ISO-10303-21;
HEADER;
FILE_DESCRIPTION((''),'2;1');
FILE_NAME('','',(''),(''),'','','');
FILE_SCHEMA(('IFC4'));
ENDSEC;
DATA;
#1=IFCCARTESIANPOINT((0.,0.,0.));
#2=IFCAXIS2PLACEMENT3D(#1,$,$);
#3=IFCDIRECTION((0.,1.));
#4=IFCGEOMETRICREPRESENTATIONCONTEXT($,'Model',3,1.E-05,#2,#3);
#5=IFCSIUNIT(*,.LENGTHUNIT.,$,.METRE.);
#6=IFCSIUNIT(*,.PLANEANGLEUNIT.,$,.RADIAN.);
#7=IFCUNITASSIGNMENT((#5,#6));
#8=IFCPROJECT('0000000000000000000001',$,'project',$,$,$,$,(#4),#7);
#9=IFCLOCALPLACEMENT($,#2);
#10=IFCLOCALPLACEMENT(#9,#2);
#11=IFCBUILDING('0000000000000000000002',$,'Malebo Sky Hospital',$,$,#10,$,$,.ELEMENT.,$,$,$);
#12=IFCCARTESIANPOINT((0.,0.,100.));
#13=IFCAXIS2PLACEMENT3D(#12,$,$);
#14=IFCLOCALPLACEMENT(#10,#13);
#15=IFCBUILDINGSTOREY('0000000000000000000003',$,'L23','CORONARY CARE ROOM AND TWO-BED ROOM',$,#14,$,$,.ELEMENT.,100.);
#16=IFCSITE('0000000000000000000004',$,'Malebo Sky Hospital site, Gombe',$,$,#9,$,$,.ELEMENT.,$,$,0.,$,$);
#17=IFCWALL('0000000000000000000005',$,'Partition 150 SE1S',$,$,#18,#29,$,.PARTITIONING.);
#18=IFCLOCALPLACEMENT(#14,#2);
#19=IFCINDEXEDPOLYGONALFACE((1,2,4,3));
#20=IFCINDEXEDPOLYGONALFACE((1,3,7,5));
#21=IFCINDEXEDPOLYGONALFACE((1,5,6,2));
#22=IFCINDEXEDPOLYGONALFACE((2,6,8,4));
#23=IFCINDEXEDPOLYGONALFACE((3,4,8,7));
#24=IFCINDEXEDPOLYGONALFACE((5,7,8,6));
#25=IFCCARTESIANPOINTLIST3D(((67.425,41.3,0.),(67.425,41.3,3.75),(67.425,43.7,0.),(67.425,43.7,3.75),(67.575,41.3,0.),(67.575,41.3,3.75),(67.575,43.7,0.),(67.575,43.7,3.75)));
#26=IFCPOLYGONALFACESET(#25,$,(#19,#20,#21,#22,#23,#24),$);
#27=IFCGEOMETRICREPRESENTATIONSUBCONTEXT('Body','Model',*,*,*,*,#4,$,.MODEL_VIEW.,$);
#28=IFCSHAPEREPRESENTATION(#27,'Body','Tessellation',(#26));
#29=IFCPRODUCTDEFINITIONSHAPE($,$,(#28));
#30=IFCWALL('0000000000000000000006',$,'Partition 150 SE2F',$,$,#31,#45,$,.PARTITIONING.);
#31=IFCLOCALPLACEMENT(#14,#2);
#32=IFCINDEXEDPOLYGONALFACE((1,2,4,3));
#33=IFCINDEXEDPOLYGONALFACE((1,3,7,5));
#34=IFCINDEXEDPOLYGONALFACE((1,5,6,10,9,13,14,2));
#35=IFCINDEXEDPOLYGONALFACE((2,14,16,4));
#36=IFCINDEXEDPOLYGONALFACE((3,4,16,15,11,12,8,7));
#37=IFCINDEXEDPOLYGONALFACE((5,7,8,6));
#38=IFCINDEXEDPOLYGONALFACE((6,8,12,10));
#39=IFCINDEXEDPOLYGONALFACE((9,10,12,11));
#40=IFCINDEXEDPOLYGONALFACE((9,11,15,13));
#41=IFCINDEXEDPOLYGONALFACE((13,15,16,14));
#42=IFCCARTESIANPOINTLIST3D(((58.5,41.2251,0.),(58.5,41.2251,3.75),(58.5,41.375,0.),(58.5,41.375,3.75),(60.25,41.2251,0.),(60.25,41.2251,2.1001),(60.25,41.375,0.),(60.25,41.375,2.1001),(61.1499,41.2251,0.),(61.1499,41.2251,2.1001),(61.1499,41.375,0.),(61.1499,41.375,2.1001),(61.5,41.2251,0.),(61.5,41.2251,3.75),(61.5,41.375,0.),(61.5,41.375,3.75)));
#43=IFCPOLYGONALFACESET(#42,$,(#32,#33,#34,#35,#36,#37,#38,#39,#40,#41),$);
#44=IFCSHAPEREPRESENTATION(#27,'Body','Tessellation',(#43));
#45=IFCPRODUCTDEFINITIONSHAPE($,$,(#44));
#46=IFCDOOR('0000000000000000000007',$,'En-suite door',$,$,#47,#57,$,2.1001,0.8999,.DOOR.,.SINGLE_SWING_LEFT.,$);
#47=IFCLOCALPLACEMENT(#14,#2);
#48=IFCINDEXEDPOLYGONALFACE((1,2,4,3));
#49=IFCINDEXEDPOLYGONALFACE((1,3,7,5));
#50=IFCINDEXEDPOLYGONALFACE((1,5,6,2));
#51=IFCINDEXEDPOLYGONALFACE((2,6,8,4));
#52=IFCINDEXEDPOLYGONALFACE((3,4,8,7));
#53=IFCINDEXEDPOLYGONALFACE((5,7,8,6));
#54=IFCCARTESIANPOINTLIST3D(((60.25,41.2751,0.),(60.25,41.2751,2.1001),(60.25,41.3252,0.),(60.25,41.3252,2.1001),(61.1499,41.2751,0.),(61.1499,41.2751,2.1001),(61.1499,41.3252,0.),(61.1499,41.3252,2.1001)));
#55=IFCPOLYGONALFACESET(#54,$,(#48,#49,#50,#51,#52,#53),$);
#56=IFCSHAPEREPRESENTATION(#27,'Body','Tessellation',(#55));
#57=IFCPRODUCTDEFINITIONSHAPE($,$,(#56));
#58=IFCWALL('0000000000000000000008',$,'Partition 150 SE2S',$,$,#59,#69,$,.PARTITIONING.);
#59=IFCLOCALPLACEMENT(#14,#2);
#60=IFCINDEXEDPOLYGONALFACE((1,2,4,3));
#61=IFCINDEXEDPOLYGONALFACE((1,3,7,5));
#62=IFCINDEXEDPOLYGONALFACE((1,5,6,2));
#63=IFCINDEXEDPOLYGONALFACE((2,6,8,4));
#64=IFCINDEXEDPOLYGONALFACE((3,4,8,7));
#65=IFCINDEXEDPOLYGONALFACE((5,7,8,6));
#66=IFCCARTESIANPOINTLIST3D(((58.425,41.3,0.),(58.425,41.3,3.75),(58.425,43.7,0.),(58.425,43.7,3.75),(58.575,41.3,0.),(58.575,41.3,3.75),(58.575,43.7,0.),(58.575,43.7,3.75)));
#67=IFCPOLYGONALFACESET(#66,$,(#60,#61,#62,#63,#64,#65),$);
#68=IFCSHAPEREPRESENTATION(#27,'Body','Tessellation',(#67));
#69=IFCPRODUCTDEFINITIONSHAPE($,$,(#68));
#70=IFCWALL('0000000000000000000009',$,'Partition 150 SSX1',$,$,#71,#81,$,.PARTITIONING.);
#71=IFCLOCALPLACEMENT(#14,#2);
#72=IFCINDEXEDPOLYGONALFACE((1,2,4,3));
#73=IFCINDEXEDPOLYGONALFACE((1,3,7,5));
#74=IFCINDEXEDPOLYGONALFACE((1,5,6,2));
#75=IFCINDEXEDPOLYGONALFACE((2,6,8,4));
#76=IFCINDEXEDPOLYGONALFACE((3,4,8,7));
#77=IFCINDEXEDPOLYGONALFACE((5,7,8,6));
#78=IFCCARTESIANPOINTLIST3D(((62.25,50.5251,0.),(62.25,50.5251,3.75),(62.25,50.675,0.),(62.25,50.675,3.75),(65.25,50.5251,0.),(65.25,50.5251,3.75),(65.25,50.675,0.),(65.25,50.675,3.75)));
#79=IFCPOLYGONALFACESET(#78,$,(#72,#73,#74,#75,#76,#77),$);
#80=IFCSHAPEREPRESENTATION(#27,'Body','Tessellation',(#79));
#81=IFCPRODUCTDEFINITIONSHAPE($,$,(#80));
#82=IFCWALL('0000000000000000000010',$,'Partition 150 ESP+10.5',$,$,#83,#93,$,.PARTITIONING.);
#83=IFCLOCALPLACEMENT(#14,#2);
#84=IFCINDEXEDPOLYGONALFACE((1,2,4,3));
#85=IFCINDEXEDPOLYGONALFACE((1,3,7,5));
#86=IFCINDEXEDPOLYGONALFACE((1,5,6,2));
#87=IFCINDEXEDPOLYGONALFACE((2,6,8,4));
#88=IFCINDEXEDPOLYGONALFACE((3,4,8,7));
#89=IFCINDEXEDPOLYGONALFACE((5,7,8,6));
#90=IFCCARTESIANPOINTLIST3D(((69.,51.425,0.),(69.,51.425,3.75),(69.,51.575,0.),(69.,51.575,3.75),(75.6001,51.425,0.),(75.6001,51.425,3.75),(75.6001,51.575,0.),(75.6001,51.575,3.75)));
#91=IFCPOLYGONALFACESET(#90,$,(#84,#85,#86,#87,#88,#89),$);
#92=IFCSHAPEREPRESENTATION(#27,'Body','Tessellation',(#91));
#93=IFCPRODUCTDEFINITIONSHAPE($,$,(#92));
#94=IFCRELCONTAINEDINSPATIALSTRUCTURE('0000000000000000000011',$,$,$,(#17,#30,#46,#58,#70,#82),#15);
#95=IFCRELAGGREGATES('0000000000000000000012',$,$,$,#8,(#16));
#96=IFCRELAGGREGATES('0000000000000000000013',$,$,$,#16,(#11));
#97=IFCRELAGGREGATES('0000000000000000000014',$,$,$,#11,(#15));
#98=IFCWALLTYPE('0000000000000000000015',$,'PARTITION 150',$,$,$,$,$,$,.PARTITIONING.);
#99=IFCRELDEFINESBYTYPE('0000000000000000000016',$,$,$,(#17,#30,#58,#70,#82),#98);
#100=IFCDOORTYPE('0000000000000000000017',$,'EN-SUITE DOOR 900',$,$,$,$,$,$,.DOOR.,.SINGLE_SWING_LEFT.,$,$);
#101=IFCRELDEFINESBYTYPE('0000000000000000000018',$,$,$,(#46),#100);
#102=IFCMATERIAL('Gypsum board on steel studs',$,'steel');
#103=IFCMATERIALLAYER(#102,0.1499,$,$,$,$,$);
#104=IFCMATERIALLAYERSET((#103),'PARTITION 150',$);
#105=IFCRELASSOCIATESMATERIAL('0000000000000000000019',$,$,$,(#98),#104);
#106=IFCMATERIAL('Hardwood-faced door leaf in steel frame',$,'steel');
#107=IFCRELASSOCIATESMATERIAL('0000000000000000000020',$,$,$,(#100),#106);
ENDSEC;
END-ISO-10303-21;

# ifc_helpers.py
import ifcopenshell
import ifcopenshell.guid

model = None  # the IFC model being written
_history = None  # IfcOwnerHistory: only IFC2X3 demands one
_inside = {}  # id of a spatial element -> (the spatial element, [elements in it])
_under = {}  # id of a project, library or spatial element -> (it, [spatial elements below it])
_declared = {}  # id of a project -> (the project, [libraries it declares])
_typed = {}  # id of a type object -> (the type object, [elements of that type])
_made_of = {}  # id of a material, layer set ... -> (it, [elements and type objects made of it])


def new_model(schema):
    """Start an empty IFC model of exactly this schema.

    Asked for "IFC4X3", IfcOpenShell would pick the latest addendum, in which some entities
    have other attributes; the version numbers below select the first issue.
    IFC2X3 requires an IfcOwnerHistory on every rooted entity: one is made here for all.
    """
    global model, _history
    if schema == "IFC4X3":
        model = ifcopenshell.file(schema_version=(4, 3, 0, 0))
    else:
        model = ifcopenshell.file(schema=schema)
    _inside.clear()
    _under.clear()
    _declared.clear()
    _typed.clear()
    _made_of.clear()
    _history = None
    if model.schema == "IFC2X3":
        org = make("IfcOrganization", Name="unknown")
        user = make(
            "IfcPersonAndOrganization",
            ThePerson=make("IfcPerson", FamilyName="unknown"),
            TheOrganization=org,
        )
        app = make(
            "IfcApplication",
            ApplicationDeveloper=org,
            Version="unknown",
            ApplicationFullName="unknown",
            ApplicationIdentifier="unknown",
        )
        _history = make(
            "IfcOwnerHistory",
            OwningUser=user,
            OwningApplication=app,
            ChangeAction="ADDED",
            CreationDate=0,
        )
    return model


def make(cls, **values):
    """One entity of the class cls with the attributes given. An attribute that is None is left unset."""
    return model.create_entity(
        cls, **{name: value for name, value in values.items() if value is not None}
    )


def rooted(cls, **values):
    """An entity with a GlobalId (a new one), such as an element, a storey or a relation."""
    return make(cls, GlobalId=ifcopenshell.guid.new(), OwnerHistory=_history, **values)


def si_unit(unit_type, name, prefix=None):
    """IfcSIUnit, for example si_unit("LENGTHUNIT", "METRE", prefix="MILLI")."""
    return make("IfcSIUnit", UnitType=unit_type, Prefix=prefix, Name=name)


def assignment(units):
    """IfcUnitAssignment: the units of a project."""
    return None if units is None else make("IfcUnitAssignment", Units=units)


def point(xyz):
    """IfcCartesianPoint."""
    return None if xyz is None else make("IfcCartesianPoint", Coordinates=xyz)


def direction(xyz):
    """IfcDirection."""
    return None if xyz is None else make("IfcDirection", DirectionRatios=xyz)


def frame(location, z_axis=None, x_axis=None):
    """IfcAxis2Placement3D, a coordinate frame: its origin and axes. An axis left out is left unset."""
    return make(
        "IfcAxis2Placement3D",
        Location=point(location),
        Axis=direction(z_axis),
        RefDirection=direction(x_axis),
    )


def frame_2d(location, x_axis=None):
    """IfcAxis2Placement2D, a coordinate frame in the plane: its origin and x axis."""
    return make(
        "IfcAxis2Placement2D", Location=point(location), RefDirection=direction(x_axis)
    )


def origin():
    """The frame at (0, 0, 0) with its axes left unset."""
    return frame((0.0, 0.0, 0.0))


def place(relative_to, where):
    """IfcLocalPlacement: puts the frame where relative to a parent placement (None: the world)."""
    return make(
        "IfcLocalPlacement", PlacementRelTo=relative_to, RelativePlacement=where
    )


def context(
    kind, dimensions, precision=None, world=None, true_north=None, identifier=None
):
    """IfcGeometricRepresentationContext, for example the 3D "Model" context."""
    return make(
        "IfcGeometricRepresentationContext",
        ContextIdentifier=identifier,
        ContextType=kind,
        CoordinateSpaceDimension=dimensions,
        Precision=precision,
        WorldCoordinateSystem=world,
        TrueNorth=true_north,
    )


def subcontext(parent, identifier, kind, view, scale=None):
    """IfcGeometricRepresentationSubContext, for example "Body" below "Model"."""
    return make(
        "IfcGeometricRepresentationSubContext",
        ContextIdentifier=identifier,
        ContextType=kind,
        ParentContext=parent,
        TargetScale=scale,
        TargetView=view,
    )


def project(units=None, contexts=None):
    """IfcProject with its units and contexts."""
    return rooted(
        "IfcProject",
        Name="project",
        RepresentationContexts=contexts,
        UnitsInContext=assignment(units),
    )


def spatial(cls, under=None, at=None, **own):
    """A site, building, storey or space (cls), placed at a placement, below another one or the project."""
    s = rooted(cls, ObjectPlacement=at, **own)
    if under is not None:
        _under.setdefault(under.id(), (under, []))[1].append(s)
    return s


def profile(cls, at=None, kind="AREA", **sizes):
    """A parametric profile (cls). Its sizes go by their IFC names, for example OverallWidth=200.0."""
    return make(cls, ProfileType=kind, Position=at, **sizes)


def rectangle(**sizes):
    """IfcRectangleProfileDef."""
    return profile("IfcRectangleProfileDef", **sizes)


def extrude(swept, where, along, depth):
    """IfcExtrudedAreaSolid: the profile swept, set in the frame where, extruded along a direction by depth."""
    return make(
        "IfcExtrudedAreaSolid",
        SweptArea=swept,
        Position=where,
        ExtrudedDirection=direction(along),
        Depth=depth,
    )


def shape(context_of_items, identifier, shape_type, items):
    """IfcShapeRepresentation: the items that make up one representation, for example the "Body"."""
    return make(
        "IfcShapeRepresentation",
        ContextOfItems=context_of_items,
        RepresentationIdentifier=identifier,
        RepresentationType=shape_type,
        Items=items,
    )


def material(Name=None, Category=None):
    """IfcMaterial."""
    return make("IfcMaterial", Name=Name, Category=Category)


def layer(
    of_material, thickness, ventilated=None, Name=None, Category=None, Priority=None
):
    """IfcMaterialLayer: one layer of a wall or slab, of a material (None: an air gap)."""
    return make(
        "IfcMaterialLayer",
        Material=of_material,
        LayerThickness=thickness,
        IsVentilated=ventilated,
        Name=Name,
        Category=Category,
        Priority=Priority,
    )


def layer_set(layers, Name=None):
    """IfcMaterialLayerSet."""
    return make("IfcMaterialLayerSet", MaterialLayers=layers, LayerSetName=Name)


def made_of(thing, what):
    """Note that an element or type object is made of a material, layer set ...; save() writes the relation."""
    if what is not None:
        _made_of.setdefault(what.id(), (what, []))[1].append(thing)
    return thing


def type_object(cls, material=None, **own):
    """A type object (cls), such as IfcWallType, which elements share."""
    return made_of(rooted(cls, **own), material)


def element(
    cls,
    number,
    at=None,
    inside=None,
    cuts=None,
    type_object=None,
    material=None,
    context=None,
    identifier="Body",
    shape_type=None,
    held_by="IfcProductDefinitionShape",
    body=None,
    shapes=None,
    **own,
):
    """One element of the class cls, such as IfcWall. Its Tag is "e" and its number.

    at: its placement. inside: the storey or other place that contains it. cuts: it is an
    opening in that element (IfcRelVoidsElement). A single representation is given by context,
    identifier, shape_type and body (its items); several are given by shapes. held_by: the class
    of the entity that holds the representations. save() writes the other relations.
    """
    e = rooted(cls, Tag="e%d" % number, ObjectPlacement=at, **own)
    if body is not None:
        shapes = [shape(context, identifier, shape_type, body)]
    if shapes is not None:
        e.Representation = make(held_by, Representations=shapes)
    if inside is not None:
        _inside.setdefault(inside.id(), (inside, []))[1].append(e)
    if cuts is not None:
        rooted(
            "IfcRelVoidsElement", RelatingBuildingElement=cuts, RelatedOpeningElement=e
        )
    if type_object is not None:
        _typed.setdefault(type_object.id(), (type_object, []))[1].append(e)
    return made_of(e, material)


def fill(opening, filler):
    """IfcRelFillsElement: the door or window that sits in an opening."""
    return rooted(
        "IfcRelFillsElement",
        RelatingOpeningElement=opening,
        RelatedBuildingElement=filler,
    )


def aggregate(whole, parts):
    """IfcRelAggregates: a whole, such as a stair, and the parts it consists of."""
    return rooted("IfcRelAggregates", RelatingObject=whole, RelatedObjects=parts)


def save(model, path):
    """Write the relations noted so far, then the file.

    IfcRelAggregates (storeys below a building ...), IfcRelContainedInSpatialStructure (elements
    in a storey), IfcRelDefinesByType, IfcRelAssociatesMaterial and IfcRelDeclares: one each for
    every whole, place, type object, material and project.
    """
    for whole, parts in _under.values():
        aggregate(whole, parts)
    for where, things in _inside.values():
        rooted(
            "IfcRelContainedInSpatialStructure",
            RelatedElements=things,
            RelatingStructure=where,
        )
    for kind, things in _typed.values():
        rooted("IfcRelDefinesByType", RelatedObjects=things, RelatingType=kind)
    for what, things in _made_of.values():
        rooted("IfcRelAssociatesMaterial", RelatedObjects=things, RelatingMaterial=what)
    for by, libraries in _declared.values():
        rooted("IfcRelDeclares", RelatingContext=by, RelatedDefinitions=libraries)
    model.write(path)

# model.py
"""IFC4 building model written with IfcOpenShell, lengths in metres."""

from ifc_helpers import new_model, si_unit, direction, frame, frame_2d, origin, place, context, subcontext, project, spatial, rectangle, extrude, material, layer, layer_set, type_object, element, fill, save


model = new_model("IFC4")

# Units and contexts
model_context = context("Model", 3, precision=1e-05, world=origin(), true_north=direction((0.0, 1.0)))
body_context = subcontext(model_context, "Body", "Model", "MODEL_VIEW")
ifc_project = project(units=[si_unit("LENGTHUNIT", "METRE"), si_unit("PLANEANGLEUNIT", "RADIAN")], contexts=[model_context])

# Site, building, storey
site_placement = place(None, origin())
site = spatial("IfcSite", under=ifc_project, at=site_placement, Name="Malebo Sky Hospital site, Gombe", CompositionType="ELEMENT", RefElevation=0.0)
building_placement = place(site_placement, origin())
building = spatial("IfcBuilding", under=site, at=building_placement, Name="Malebo Sky Hospital", CompositionType="ELEMENT")
storey_placement = place(building_placement, frame((0.0, 0.0, 100.0)))
storey = spatial("IfcBuildingStorey", under=building, at=storey_placement, Name="L23", Description="CORONARY CARE ROOM AND TWO-BED ROOM", CompositionType="ELEMENT", Elevation=100.0)

# Shared definitions
ifc_material_1 = material(Name="Gypsum board on steel studs", Category="steel")
ifc_layer = layer(ifc_material_1, 0.1499)
ifc_layer_set = layer_set([ifc_layer], Name="PARTITION 150")
wall_type = type_object("IfcWallType", Name="PARTITION 150", PredefinedType="PARTITIONING", material=ifc_layer_set)

# Shared definitions
ifc_material_2 = material(Name="Hardwood-faced door leaf in steel frame", Category="steel")
door_type = type_object("IfcDoorType", Name="EN-SUITE DOOR 900", OperationType="SINGLE_SWING_LEFT", PredefinedType="DOOR", material=ifc_material_2)

# Wall
wall_1_placement = place(storey_placement, frame((67.5, 43.7, 0.0), z_axis=(0.0, 0.0, 1.0), x_axis=(0.0, -1.0, 0.0)))
element("IfcWall", 1, at=wall_1_placement, inside=storey, type_object=wall_type, Name="Partition 150 SE1S", PredefinedType="PARTITIONING", context=body_context, shape_type="SweptSolid", body=[
    extrude(rectangle(XDim=2.3999, YDim=0.1499, at=frame_2d((1.2, 0.0))), origin(), (0.0, 0.0, 1.0), 3.75),
])

# Wall, opening, door
wall_2_placement = place(storey_placement, frame((61.5, 41.3, 0.0), z_axis=(0.0, 0.0, 1.0), x_axis=(-1.0, 0.0, 0.0)))
wall_2 = element("IfcWall", 2, at=wall_2_placement, inside=storey, type_object=wall_type, Name="Partition 150 SE2F", PredefinedType="PARTITIONING", context=body_context, shape_type="SweptSolid", body=[
    extrude(rectangle(XDim=3.0, YDim=0.1499, at=frame_2d((1.5, 0.0))), origin(), (0.0, 0.0, 1.0), 3.75),
])
opening_1_placement = place(wall_2_placement, frame((0.3501, 0.0, 0.0)))
opening_1 = element("IfcOpeningElement", 3, at=opening_1_placement, cuts=wall_2, PredefinedType="OPENING", context=body_context, shape_type="SweptSolid", body=[
    extrude(rectangle(XDim=0.8999, YDim=2.1001, at=frame_2d((0.45, 1.05))), frame((0.0, 0.085, 0.0), z_axis=(0.0, -1.0, 0.0), x_axis=(1.0, 0.0, 0.0)), (0.0, 0.0, 1.0), 0.1699),
])
door_1_placement = place(opening_1_placement, origin())
door_1 = element("IfcDoor", 4, at=door_1_placement, inside=storey, type_object=door_type, Name="En-suite door", OperationType="SINGLE_SWING_LEFT", OverallHeight=2.1001, OverallWidth=0.8999, PredefinedType="DOOR", context=body_context, shape_type="SweptSolid", body=[
    extrude(rectangle(XDim=0.8999, YDim=2.1001, at=frame_2d((0.45, 1.05))), frame((0.0, 0.0249, 0.0), z_axis=(0.0, -1.0, 0.0), x_axis=(1.0, 0.0, 0.0)), (0.0, 0.0, 1.0), 0.05),
])
fill(opening_1, door_1)

# Walls
wall_3_placement = place(storey_placement, frame((58.5, 43.7, 0.0), z_axis=(0.0, 0.0, 1.0), x_axis=(0.0, -1.0, 0.0)))
element("IfcWall", 5, at=wall_3_placement, inside=storey, type_object=wall_type, Name="Partition 150 SE2S", PredefinedType="PARTITIONING", context=body_context, shape_type="SweptSolid", body=[
    extrude(rectangle(XDim=2.3999, YDim=0.1499, at=frame_2d((1.2, 0.0))), origin(), (0.0, 0.0, 1.0), 3.75),
])
wall_4_placement = place(storey_placement, frame((65.25, 50.6001, 0.0), z_axis=(0.0, 0.0, 1.0), x_axis=(-1.0, 0.0, 0.0)))
element("IfcWall", 6, at=wall_4_placement, inside=storey, type_object=wall_type, Name="Partition 150 SSX1", PredefinedType="PARTITIONING", context=body_context, shape_type="SweptSolid", body=[
    extrude(rectangle(XDim=3.0, YDim=0.1499, at=frame_2d((1.5, 0.0))), origin(), (0.0, 0.0, 1.0), 3.75),
])
wall_5_placement = place(storey_placement, frame((69.0, 51.5, 0.0), z_axis=(0.0, 0.0, 1.0), x_axis=(1.0, 0.0, 0.0)))
element("IfcWall", 7, at=wall_5_placement, inside=storey, type_object=wall_type, Name="Partition 150 ESP+10.5", PredefinedType="PARTITIONING", context=body_context, shape_type="SweptSolid", body=[
    extrude(rectangle(XDim=6.6001, YDim=0.1499, at=frame_2d((3.3, 0.0))), origin(), (0.0, 0.0, 1.0), 3.75),
])

save(model, "model.ifc")
